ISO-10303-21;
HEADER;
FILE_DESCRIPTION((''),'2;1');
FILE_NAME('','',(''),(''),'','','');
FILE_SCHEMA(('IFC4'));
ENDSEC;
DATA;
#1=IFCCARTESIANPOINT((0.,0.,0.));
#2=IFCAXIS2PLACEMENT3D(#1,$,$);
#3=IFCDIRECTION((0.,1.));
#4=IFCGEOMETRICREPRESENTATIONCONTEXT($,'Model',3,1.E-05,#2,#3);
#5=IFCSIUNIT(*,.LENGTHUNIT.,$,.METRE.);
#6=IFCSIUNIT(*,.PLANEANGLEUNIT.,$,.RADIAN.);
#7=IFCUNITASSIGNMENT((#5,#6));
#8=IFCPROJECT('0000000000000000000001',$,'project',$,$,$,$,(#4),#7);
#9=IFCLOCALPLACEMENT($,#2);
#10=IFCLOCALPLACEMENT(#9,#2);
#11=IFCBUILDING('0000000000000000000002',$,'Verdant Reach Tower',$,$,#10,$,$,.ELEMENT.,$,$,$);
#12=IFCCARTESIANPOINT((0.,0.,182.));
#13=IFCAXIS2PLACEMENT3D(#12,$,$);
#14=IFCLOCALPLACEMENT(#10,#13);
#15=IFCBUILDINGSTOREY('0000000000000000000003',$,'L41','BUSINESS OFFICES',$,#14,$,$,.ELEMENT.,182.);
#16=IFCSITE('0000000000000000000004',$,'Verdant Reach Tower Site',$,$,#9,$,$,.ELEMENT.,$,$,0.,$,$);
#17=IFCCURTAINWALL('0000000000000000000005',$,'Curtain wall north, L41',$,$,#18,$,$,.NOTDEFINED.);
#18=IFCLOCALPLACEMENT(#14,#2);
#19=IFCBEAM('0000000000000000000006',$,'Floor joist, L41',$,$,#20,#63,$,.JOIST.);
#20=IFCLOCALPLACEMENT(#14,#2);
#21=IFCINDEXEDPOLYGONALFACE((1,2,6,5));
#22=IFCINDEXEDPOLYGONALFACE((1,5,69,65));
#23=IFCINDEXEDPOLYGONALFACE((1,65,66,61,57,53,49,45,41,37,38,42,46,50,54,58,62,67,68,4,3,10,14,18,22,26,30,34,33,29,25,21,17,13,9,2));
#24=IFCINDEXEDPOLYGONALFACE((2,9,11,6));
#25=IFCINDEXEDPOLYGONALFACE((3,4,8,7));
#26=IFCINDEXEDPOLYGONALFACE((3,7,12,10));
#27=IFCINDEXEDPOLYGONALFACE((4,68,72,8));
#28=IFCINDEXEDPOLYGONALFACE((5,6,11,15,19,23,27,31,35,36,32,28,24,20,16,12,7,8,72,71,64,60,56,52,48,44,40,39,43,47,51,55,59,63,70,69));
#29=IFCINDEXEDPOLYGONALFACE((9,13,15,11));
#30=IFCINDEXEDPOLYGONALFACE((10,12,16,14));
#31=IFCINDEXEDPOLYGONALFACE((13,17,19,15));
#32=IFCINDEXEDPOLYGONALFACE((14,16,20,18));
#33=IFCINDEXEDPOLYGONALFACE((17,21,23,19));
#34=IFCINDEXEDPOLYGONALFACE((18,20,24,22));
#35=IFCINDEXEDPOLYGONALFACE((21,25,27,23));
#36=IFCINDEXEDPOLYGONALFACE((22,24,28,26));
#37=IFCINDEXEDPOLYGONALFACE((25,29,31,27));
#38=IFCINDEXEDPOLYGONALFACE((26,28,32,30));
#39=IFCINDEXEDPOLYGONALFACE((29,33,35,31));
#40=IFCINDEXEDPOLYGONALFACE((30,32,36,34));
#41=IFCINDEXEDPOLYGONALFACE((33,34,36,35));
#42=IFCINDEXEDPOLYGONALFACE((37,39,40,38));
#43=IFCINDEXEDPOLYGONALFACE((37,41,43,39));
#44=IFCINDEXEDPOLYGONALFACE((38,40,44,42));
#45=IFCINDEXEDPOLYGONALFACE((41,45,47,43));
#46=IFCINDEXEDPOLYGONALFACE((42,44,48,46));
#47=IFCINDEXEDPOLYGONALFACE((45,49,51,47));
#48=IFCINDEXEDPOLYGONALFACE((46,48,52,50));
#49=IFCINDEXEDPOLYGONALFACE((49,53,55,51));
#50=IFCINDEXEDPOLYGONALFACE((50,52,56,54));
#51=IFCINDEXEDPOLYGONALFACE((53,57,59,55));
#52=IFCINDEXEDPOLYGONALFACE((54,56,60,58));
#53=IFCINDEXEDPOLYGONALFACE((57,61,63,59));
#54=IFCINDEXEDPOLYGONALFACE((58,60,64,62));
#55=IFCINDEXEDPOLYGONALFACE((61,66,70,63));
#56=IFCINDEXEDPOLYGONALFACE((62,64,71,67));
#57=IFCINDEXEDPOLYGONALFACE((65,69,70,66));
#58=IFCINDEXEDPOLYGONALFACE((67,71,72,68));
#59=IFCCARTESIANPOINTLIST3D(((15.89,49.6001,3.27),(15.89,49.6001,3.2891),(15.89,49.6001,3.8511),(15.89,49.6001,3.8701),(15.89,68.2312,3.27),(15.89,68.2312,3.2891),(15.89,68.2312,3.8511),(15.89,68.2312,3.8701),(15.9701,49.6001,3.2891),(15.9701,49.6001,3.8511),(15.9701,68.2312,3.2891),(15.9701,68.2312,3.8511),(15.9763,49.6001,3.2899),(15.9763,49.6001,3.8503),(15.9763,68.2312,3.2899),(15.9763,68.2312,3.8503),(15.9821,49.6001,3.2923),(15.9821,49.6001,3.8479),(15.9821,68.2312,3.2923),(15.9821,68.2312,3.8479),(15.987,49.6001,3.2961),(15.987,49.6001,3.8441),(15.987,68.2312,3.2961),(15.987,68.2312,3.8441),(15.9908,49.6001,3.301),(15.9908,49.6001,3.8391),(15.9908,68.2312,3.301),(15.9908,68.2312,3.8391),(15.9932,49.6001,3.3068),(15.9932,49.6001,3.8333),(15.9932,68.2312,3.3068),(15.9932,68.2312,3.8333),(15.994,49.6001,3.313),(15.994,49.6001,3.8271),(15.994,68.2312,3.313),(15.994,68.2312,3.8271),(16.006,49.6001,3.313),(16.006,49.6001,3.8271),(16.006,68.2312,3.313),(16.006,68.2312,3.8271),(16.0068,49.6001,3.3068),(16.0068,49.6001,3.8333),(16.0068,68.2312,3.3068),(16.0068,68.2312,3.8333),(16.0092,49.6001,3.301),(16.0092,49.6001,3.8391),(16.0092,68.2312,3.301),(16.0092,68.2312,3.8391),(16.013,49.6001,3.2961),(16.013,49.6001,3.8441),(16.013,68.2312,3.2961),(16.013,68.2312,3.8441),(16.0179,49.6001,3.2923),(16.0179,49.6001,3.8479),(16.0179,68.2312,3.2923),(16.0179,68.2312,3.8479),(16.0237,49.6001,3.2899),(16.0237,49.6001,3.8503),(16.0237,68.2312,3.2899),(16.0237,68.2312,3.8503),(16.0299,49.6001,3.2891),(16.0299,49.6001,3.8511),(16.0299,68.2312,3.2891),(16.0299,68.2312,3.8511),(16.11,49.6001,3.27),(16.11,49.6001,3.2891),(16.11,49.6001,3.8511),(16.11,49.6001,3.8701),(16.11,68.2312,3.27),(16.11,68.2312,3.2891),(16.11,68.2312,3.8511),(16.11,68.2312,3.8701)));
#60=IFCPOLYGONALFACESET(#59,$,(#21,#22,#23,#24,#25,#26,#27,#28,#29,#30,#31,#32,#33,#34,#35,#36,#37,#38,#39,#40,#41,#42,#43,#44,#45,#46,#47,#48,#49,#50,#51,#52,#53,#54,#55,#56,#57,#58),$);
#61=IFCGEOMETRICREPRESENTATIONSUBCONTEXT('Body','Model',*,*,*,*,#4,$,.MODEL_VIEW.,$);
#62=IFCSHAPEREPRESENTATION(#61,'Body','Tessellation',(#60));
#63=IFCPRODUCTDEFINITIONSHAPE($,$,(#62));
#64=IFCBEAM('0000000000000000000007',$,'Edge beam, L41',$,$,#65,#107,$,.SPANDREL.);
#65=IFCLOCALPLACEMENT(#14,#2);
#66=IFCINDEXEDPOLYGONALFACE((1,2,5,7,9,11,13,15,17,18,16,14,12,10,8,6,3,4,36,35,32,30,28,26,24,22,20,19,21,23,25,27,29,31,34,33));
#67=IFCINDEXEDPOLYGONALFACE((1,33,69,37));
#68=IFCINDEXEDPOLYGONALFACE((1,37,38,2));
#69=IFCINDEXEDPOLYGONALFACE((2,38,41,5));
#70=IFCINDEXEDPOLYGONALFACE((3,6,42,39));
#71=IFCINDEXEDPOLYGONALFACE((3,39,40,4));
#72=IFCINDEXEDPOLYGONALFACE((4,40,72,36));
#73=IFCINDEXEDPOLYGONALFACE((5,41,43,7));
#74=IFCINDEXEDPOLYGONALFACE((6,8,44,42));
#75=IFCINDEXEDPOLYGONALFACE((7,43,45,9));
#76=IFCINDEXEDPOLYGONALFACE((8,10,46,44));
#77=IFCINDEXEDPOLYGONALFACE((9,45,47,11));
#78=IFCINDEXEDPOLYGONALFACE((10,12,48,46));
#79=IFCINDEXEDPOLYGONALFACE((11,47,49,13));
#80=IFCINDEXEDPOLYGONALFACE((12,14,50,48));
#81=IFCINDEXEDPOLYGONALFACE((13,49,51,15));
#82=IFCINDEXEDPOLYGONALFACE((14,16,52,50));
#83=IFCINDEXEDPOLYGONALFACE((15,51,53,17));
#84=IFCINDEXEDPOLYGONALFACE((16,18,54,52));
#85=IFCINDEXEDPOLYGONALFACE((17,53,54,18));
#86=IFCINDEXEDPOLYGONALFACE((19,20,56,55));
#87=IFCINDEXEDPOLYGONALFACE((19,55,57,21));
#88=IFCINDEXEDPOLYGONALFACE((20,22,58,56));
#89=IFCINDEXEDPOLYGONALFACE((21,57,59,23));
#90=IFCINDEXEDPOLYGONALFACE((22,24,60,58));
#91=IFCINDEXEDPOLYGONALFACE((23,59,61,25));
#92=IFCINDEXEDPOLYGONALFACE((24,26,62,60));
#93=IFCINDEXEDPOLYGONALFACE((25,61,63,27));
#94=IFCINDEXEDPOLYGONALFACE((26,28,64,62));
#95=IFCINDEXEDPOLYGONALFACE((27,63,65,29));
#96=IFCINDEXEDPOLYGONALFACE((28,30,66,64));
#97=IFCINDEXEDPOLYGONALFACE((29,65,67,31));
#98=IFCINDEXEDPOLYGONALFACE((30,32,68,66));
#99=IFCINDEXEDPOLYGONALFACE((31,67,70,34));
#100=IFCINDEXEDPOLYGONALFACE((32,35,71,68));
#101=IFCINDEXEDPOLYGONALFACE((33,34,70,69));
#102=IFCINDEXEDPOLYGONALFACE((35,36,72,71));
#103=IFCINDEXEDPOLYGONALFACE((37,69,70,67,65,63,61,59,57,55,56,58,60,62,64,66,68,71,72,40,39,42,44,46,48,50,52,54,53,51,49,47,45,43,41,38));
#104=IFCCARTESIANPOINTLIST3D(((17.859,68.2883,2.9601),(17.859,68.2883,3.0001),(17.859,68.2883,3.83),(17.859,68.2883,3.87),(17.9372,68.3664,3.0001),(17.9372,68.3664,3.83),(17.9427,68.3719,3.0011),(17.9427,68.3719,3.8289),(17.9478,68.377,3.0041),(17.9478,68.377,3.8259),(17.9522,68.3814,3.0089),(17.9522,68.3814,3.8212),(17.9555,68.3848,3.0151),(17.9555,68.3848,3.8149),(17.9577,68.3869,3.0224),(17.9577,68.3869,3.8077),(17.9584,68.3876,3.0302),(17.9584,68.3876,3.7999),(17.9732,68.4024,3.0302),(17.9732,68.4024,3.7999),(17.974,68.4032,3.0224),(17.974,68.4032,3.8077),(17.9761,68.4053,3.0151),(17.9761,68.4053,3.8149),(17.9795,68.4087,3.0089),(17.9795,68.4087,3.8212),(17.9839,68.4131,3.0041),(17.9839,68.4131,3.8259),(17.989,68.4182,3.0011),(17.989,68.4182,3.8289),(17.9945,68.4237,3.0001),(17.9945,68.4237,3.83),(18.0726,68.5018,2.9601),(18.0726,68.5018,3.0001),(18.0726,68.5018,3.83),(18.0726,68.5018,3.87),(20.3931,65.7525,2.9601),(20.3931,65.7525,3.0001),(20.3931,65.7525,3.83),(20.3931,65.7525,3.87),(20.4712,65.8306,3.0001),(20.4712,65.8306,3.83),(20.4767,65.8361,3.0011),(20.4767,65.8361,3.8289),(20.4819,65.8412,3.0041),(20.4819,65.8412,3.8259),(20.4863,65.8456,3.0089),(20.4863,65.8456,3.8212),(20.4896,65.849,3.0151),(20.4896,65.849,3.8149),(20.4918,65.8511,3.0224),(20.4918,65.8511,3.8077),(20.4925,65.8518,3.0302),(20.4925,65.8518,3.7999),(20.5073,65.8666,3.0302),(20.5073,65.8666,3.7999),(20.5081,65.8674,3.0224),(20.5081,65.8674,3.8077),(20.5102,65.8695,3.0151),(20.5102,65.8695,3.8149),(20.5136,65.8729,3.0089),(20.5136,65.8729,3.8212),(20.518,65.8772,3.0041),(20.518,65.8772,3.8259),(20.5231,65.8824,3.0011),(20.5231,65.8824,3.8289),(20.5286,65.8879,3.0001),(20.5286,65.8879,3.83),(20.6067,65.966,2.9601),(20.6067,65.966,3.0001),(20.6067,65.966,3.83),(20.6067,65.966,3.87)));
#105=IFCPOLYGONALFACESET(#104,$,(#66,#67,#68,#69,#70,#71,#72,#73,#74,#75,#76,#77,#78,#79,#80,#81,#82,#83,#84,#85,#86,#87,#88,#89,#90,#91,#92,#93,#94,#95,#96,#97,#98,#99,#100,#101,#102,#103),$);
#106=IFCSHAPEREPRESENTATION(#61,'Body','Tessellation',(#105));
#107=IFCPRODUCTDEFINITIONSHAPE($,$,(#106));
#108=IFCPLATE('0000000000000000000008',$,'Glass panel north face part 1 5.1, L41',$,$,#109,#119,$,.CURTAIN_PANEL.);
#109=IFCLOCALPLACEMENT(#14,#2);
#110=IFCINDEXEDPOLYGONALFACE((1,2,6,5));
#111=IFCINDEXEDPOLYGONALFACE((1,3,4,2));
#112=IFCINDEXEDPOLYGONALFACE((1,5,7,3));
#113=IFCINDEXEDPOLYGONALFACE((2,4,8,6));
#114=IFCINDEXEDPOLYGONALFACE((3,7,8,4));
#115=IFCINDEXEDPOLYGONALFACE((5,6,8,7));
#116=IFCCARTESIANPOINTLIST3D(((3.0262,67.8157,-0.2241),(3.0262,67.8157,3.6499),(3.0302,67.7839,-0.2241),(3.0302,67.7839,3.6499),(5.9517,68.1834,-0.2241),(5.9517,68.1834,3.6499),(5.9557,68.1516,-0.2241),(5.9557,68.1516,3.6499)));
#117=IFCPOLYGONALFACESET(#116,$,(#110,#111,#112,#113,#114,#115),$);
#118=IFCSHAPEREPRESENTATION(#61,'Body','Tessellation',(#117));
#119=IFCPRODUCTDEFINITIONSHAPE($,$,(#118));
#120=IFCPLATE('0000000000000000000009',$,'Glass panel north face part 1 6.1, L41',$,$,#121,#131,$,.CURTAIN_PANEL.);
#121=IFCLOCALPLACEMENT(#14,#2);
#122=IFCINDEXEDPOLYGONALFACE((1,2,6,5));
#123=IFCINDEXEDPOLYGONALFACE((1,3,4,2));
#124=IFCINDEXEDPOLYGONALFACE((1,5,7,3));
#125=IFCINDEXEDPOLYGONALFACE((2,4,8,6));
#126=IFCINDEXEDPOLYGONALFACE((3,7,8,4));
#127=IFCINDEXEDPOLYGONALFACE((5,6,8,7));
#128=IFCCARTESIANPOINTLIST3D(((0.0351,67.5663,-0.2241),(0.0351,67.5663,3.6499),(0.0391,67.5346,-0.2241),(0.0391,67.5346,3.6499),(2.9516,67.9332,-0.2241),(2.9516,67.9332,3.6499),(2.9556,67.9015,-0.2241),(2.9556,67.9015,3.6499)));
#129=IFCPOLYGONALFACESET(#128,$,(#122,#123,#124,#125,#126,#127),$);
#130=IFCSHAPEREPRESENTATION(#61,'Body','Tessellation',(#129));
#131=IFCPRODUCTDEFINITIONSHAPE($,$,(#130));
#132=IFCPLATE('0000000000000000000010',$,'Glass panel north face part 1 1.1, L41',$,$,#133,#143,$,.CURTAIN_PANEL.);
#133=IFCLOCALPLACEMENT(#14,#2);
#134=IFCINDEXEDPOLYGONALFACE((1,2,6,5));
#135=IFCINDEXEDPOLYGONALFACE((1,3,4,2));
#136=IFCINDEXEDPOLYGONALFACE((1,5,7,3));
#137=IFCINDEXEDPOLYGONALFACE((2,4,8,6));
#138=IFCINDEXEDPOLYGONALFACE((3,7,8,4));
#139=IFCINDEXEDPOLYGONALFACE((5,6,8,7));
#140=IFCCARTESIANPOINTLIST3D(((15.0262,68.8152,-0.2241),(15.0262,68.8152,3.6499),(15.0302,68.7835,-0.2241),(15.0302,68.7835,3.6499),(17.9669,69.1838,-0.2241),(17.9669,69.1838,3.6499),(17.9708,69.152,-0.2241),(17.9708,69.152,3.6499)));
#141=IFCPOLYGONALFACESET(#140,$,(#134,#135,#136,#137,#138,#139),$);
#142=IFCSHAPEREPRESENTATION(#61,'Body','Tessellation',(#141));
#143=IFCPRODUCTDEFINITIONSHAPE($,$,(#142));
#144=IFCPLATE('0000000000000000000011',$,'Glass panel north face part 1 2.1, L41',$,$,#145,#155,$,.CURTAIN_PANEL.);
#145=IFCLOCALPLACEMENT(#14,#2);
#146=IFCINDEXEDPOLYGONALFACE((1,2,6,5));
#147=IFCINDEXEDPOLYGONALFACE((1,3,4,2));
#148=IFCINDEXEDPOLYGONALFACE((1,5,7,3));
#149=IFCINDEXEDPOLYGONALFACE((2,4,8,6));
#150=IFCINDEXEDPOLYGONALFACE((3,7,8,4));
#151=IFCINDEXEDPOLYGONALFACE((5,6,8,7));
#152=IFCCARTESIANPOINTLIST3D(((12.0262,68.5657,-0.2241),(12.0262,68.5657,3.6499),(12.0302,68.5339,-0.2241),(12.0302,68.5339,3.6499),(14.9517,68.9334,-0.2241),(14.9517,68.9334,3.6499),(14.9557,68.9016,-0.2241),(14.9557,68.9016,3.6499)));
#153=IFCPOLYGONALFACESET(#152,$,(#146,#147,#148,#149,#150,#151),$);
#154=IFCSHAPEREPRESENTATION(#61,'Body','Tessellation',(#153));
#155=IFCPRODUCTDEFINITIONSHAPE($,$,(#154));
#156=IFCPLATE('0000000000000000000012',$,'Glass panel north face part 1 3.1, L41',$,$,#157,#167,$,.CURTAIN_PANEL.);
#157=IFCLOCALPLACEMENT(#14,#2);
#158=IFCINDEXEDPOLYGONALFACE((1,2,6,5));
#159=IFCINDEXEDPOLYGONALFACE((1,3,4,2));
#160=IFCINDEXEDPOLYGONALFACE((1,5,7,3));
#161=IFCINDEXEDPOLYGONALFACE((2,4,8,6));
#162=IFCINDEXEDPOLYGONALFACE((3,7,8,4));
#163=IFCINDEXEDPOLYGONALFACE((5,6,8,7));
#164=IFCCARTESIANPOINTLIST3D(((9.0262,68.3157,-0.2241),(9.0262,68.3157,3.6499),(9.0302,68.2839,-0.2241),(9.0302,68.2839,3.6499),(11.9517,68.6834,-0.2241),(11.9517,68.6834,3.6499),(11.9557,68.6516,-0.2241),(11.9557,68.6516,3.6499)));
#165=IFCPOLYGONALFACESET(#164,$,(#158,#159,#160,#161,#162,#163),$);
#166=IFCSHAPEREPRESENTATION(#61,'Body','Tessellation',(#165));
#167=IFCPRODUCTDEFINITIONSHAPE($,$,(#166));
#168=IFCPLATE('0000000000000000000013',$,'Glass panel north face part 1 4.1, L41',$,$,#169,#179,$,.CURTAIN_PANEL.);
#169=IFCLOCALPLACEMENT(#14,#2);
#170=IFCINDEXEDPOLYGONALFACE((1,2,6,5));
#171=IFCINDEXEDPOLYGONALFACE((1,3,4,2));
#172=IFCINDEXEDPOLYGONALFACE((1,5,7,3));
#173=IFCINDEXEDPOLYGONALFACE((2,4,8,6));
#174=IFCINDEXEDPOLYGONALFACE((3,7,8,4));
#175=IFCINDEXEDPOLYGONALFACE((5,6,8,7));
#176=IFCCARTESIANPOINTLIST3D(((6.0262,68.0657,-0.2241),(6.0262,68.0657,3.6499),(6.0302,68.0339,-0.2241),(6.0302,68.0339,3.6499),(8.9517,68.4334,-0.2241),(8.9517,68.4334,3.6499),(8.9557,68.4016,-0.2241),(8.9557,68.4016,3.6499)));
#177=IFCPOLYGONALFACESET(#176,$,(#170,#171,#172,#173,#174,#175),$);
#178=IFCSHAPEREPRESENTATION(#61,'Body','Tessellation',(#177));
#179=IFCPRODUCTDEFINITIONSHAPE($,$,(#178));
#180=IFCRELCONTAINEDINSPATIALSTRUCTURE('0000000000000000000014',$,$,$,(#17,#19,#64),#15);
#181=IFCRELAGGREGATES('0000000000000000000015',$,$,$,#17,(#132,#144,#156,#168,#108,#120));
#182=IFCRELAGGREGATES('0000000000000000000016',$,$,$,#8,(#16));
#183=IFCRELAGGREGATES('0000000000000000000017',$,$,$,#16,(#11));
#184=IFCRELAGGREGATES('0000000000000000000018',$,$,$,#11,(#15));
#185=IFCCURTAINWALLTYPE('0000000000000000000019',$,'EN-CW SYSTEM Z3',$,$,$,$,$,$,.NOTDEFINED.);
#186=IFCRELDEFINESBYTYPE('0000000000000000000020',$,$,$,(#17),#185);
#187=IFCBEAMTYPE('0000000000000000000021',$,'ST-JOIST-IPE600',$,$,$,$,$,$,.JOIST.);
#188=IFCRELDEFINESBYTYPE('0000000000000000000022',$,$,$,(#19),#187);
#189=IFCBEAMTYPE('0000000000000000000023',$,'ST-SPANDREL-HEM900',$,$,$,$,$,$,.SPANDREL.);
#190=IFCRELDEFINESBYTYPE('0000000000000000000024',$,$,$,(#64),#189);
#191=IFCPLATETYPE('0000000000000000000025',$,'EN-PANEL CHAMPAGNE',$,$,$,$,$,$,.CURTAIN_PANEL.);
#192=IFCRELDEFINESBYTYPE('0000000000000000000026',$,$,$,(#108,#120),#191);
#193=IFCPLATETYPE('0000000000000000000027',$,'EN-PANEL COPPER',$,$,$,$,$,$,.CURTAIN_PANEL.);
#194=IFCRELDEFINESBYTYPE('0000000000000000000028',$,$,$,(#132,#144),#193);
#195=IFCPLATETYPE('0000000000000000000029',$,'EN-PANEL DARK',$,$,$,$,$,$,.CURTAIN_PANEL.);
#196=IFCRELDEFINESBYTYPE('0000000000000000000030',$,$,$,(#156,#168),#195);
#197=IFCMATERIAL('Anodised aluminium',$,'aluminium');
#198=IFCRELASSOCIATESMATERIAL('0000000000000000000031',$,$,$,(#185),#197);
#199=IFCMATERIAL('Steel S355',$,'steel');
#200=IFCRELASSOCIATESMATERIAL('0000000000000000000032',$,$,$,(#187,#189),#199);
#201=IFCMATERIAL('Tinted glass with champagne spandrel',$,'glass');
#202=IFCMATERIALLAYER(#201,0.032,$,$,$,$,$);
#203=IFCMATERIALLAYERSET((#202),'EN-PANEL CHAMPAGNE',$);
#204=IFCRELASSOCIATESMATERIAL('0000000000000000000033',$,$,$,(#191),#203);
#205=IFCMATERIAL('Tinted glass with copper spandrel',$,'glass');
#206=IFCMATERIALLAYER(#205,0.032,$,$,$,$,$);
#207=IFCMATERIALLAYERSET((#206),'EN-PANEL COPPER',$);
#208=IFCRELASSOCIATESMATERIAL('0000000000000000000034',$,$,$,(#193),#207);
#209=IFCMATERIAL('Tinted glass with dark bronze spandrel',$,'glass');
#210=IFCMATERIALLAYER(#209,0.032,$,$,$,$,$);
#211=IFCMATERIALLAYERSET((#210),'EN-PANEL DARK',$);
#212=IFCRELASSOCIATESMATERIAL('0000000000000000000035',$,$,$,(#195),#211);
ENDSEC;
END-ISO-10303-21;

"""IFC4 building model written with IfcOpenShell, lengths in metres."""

from ifc_helpers import new_model, si_unit, direction, frame, origin, origin_2d, place, context, subcontext, project, spatial, rectangle, i_section, extrude, material, layer, layer_set, material_profile, profile_set, type_object, element, aggregate, save


model = new_model("IFC4")

# Units and contexts
model_context = context("Model", 3, precision=1e-05, world=origin(), true_north=direction((0.0, 1.0)))
body_context = subcontext(model_context, "Body", "Model", "MODEL_VIEW")
ifc_project = project(units=[si_unit("LENGTHUNIT", "METRE"), si_unit("PLANEANGLEUNIT", "RADIAN")], contexts=[model_context])

# Site, building, storey
site_placement = place(None, origin())
site = spatial("IfcSite", under=ifc_project, at=site_placement, Name="Verdant Reach Tower Site", CompositionType="ELEMENT", RefElevation=0.0)
building_placement = place(site_placement, origin())
building = spatial("IfcBuilding", under=site, at=building_placement, Name="Verdant Reach Tower", CompositionType="ELEMENT")
storey_placement = place(building_placement, frame((0.0, 0.0, 182.0)))
storey = spatial("IfcBuildingStorey", under=building, at=storey_placement, Name="L41", Description="BUSINESS OFFICES", CompositionType="ELEMENT", Elevation=182.0)

# Curtain wall
ifc_material_1 = material(Name="Anodised aluminium", Category="aluminium")
curtain_wall_type = type_object("IfcCurtainWallType", Name="EN-CW SYSTEM Z3", PredefinedType="NOTDEFINED", material=ifc_material_1)
curtain_wall_placement = place(storey_placement, origin())
curtain_wall = element("IfcCurtainWall", 1, at=curtain_wall_placement, inside=storey, type_object=curtain_wall_type, Name="Curtain wall north, L41", PredefinedType="NOTDEFINED")

# Beams
ifc_material_2 = material(Name="Steel S355", Category="steel")
ifc_material_profile_1 = material_profile(ifc_material_2, i_section(OverallWidth=0.22, OverallDepth=0.6001, WebThickness=0.012, FlangeThickness=0.019, FilletRadius=0.0239, at=origin_2d()), Name="IPE 600")
ifc_profile_set_1 = profile_set([ifc_material_profile_1], Name="Steel S355")
beam_type_1 = type_object("IfcBeamType", Name="ST-JOIST-IPE600", PredefinedType="JOIST", material=ifc_profile_set_1)
beam_1_placement = place(storey_placement, frame((16.0, 49.6001, 3.5701), z_axis=(0.0, 1.0, 0.0), x_axis=(-1.0, 0.0, 0.0)))
element("IfcBeam", 2, at=beam_1_placement, inside=storey, type_object=beam_type_1, Name="Floor joist, L41", PredefinedType="JOIST", context=body_context, shape_type="SweptSolid", body=[
    extrude(i_section(OverallWidth=0.22, OverallDepth=0.6001, WebThickness=0.012, FlangeThickness=0.019, FilletRadius=0.0239, at=origin_2d()), origin(), (0.0, 0.0, 1.0), 18.6311),
])
ifc_material_profile_2 = material_profile(ifc_material_2, i_section(OverallWidth=0.302, OverallDepth=0.9099, WebThickness=0.021, FlangeThickness=0.04, FilletRadius=0.03, at=origin_2d()), Name="HEM 900")
ifc_profile_set_2 = profile_set([ifc_material_profile_2], Name="Steel S355")
beam_type_2 = type_object("IfcBeamType", Name="ST-SPANDREL-HEM900", PredefinedType="SPANDREL", material=ifc_profile_set_2)
beam_2_placement = place(storey_placement, frame((17.9658, 68.395, 3.415), z_axis=(0.706868, -0.707345, 0.0), x_axis=(0.707345, 0.706868, 0.0)))
element("IfcBeam", 3, at=beam_2_placement, inside=storey, type_object=beam_type_2, Name="Edge beam, L41", PredefinedType="SPANDREL", context=body_context, shape_type="SweptSolid", body=[
    extrude(i_section(OverallWidth=0.302, OverallDepth=0.9099, WebThickness=0.021, FlangeThickness=0.04, FilletRadius=0.03, at=origin_2d()), origin(), (0.0, 0.0, 1.0), 3.585),
])

# Plates
ifc_material_3 = material(Name="Tinted glass with champagne spandrel", Category="glass")
ifc_layer_1 = layer(ifc_material_3, 0.032)
ifc_layer_set_1 = layer_set([ifc_layer_1], Name="EN-PANEL CHAMPAGNE")
plate_type_1 = type_object("IfcPlateType", Name="EN-PANEL CHAMPAGNE", PredefinedType="CURTAIN_PANEL", material=ifc_layer_set_1)
plate_1_placement = place(storey_placement, frame((4.491, 67.9836, -0.2241), z_axis=(0.0, 0.0, 1.0), x_axis=(-0.992194, -0.124704, 0.0)))
plate_1 = element("IfcPlate", 4, at=plate_1_placement, type_object=plate_type_1, Name="Glass panel north face part 1 5.1, L41", PredefinedType="CURTAIN_PANEL", context=body_context, shape_type="SweptSolid", body=[
    extrude(rectangle(XDim=2.9485, YDim=0.032, at=origin_2d()), origin(), (0.0, 0.0, 1.0), 3.874),
])
plate_2_placement = place(storey_placement, frame((1.4954, 67.7339, -0.2241), z_axis=(0.0, 0.0, 1.0), x_axis=(-0.992178, -0.124828, 0.0)))
plate_2 = element("IfcPlate", 5, at=plate_2_placement, type_object=plate_type_1, Name="Glass panel north face part 1 6.1, L41", PredefinedType="CURTAIN_PANEL", context=body_context, shape_type="SweptSolid", body=[
    extrude(rectangle(XDim=2.9395, YDim=0.032, at=origin_2d()), origin(), (0.0, 0.0, 1.0), 3.874),
])
ifc_material_4 = material(Name="Tinted glass with copper spandrel", Category="glass")
ifc_layer_2 = layer(ifc_material_4, 0.032)
ifc_layer_set_2 = layer_set([ifc_layer_2], Name="EN-PANEL COPPER")
plate_type_2 = type_object("IfcPlateType", Name="EN-PANEL COPPER", PredefinedType="CURTAIN_PANEL", material=ifc_layer_set_2)
plate_3_placement = place(storey_placement, frame((16.4985, 68.9836, -0.2241), z_axis=(0.0, 0.0, 1.0), x_axis=(-0.992238, -0.124355, 0.0)))
plate_3 = element("IfcPlate", 6, at=plate_3_placement, type_object=plate_type_2, Name="Glass panel north face part 1 1.1, L41", PredefinedType="CURTAIN_PANEL", context=body_context, shape_type="SweptSolid", body=[
    extrude(rectangle(XDim=2.9636, YDim=0.032, at=origin_2d()), origin(), (0.0, 0.0, 1.0), 3.874),
])
plate_4_placement = place(storey_placement, frame((13.491, 68.7336, -0.2241), z_axis=(0.0, 0.0, 1.0), x_axis=(-0.992194, -0.124704, 0.0)))
plate_4 = element("IfcPlate", 7, at=plate_4_placement, type_object=plate_type_2, Name="Glass panel north face part 1 2.1, L41", PredefinedType="CURTAIN_PANEL", context=body_context, shape_type="SweptSolid", body=[
    extrude(rectangle(XDim=2.9485, YDim=0.032, at=origin_2d()), origin(), (0.0, 0.0, 1.0), 3.874),
])
ifc_material_5 = material(Name="Tinted glass with dark bronze spandrel", Category="glass")
ifc_layer_3 = layer(ifc_material_5, 0.032)
ifc_layer_set_3 = layer_set([ifc_layer_3], Name="EN-PANEL DARK")
plate_type_3 = type_object("IfcPlateType", Name="EN-PANEL DARK", PredefinedType="CURTAIN_PANEL", material=ifc_layer_set_3)
plate_5_placement = place(storey_placement, frame((10.491, 68.4836, -0.2241), z_axis=(0.0, 0.0, 1.0), x_axis=(-0.992194, -0.124704, 0.0)))
plate_5 = element("IfcPlate", 8, at=plate_5_placement, type_object=plate_type_3, Name="Glass panel north face part 1 3.1, L41", PredefinedType="CURTAIN_PANEL", context=body_context, shape_type="SweptSolid", body=[
    extrude(rectangle(XDim=2.9485, YDim=0.032, at=origin_2d()), origin(), (0.0, 0.0, 1.0), 3.874),
])
plate_6_placement = place(storey_placement, frame((7.491, 68.2336, -0.2241), z_axis=(0.0, 0.0, 1.0), x_axis=(-0.992194, -0.124704, 0.0)))
plate_6 = element("IfcPlate", 9, at=plate_6_placement, type_object=plate_type_3, Name="Glass panel north face part 1 4.1, L41", PredefinedType="CURTAIN_PANEL", context=body_context, shape_type="SweptSolid", body=[
    extrude(rectangle(XDim=2.9485, YDim=0.032, at=origin_2d()), origin(), (0.0, 0.0, 1.0), 3.874),
])
aggregate(curtain_wall, [plate_3, plate_4, plate_5, plate_6, plate_1, plate_2])

save(model, "model.ifc")
